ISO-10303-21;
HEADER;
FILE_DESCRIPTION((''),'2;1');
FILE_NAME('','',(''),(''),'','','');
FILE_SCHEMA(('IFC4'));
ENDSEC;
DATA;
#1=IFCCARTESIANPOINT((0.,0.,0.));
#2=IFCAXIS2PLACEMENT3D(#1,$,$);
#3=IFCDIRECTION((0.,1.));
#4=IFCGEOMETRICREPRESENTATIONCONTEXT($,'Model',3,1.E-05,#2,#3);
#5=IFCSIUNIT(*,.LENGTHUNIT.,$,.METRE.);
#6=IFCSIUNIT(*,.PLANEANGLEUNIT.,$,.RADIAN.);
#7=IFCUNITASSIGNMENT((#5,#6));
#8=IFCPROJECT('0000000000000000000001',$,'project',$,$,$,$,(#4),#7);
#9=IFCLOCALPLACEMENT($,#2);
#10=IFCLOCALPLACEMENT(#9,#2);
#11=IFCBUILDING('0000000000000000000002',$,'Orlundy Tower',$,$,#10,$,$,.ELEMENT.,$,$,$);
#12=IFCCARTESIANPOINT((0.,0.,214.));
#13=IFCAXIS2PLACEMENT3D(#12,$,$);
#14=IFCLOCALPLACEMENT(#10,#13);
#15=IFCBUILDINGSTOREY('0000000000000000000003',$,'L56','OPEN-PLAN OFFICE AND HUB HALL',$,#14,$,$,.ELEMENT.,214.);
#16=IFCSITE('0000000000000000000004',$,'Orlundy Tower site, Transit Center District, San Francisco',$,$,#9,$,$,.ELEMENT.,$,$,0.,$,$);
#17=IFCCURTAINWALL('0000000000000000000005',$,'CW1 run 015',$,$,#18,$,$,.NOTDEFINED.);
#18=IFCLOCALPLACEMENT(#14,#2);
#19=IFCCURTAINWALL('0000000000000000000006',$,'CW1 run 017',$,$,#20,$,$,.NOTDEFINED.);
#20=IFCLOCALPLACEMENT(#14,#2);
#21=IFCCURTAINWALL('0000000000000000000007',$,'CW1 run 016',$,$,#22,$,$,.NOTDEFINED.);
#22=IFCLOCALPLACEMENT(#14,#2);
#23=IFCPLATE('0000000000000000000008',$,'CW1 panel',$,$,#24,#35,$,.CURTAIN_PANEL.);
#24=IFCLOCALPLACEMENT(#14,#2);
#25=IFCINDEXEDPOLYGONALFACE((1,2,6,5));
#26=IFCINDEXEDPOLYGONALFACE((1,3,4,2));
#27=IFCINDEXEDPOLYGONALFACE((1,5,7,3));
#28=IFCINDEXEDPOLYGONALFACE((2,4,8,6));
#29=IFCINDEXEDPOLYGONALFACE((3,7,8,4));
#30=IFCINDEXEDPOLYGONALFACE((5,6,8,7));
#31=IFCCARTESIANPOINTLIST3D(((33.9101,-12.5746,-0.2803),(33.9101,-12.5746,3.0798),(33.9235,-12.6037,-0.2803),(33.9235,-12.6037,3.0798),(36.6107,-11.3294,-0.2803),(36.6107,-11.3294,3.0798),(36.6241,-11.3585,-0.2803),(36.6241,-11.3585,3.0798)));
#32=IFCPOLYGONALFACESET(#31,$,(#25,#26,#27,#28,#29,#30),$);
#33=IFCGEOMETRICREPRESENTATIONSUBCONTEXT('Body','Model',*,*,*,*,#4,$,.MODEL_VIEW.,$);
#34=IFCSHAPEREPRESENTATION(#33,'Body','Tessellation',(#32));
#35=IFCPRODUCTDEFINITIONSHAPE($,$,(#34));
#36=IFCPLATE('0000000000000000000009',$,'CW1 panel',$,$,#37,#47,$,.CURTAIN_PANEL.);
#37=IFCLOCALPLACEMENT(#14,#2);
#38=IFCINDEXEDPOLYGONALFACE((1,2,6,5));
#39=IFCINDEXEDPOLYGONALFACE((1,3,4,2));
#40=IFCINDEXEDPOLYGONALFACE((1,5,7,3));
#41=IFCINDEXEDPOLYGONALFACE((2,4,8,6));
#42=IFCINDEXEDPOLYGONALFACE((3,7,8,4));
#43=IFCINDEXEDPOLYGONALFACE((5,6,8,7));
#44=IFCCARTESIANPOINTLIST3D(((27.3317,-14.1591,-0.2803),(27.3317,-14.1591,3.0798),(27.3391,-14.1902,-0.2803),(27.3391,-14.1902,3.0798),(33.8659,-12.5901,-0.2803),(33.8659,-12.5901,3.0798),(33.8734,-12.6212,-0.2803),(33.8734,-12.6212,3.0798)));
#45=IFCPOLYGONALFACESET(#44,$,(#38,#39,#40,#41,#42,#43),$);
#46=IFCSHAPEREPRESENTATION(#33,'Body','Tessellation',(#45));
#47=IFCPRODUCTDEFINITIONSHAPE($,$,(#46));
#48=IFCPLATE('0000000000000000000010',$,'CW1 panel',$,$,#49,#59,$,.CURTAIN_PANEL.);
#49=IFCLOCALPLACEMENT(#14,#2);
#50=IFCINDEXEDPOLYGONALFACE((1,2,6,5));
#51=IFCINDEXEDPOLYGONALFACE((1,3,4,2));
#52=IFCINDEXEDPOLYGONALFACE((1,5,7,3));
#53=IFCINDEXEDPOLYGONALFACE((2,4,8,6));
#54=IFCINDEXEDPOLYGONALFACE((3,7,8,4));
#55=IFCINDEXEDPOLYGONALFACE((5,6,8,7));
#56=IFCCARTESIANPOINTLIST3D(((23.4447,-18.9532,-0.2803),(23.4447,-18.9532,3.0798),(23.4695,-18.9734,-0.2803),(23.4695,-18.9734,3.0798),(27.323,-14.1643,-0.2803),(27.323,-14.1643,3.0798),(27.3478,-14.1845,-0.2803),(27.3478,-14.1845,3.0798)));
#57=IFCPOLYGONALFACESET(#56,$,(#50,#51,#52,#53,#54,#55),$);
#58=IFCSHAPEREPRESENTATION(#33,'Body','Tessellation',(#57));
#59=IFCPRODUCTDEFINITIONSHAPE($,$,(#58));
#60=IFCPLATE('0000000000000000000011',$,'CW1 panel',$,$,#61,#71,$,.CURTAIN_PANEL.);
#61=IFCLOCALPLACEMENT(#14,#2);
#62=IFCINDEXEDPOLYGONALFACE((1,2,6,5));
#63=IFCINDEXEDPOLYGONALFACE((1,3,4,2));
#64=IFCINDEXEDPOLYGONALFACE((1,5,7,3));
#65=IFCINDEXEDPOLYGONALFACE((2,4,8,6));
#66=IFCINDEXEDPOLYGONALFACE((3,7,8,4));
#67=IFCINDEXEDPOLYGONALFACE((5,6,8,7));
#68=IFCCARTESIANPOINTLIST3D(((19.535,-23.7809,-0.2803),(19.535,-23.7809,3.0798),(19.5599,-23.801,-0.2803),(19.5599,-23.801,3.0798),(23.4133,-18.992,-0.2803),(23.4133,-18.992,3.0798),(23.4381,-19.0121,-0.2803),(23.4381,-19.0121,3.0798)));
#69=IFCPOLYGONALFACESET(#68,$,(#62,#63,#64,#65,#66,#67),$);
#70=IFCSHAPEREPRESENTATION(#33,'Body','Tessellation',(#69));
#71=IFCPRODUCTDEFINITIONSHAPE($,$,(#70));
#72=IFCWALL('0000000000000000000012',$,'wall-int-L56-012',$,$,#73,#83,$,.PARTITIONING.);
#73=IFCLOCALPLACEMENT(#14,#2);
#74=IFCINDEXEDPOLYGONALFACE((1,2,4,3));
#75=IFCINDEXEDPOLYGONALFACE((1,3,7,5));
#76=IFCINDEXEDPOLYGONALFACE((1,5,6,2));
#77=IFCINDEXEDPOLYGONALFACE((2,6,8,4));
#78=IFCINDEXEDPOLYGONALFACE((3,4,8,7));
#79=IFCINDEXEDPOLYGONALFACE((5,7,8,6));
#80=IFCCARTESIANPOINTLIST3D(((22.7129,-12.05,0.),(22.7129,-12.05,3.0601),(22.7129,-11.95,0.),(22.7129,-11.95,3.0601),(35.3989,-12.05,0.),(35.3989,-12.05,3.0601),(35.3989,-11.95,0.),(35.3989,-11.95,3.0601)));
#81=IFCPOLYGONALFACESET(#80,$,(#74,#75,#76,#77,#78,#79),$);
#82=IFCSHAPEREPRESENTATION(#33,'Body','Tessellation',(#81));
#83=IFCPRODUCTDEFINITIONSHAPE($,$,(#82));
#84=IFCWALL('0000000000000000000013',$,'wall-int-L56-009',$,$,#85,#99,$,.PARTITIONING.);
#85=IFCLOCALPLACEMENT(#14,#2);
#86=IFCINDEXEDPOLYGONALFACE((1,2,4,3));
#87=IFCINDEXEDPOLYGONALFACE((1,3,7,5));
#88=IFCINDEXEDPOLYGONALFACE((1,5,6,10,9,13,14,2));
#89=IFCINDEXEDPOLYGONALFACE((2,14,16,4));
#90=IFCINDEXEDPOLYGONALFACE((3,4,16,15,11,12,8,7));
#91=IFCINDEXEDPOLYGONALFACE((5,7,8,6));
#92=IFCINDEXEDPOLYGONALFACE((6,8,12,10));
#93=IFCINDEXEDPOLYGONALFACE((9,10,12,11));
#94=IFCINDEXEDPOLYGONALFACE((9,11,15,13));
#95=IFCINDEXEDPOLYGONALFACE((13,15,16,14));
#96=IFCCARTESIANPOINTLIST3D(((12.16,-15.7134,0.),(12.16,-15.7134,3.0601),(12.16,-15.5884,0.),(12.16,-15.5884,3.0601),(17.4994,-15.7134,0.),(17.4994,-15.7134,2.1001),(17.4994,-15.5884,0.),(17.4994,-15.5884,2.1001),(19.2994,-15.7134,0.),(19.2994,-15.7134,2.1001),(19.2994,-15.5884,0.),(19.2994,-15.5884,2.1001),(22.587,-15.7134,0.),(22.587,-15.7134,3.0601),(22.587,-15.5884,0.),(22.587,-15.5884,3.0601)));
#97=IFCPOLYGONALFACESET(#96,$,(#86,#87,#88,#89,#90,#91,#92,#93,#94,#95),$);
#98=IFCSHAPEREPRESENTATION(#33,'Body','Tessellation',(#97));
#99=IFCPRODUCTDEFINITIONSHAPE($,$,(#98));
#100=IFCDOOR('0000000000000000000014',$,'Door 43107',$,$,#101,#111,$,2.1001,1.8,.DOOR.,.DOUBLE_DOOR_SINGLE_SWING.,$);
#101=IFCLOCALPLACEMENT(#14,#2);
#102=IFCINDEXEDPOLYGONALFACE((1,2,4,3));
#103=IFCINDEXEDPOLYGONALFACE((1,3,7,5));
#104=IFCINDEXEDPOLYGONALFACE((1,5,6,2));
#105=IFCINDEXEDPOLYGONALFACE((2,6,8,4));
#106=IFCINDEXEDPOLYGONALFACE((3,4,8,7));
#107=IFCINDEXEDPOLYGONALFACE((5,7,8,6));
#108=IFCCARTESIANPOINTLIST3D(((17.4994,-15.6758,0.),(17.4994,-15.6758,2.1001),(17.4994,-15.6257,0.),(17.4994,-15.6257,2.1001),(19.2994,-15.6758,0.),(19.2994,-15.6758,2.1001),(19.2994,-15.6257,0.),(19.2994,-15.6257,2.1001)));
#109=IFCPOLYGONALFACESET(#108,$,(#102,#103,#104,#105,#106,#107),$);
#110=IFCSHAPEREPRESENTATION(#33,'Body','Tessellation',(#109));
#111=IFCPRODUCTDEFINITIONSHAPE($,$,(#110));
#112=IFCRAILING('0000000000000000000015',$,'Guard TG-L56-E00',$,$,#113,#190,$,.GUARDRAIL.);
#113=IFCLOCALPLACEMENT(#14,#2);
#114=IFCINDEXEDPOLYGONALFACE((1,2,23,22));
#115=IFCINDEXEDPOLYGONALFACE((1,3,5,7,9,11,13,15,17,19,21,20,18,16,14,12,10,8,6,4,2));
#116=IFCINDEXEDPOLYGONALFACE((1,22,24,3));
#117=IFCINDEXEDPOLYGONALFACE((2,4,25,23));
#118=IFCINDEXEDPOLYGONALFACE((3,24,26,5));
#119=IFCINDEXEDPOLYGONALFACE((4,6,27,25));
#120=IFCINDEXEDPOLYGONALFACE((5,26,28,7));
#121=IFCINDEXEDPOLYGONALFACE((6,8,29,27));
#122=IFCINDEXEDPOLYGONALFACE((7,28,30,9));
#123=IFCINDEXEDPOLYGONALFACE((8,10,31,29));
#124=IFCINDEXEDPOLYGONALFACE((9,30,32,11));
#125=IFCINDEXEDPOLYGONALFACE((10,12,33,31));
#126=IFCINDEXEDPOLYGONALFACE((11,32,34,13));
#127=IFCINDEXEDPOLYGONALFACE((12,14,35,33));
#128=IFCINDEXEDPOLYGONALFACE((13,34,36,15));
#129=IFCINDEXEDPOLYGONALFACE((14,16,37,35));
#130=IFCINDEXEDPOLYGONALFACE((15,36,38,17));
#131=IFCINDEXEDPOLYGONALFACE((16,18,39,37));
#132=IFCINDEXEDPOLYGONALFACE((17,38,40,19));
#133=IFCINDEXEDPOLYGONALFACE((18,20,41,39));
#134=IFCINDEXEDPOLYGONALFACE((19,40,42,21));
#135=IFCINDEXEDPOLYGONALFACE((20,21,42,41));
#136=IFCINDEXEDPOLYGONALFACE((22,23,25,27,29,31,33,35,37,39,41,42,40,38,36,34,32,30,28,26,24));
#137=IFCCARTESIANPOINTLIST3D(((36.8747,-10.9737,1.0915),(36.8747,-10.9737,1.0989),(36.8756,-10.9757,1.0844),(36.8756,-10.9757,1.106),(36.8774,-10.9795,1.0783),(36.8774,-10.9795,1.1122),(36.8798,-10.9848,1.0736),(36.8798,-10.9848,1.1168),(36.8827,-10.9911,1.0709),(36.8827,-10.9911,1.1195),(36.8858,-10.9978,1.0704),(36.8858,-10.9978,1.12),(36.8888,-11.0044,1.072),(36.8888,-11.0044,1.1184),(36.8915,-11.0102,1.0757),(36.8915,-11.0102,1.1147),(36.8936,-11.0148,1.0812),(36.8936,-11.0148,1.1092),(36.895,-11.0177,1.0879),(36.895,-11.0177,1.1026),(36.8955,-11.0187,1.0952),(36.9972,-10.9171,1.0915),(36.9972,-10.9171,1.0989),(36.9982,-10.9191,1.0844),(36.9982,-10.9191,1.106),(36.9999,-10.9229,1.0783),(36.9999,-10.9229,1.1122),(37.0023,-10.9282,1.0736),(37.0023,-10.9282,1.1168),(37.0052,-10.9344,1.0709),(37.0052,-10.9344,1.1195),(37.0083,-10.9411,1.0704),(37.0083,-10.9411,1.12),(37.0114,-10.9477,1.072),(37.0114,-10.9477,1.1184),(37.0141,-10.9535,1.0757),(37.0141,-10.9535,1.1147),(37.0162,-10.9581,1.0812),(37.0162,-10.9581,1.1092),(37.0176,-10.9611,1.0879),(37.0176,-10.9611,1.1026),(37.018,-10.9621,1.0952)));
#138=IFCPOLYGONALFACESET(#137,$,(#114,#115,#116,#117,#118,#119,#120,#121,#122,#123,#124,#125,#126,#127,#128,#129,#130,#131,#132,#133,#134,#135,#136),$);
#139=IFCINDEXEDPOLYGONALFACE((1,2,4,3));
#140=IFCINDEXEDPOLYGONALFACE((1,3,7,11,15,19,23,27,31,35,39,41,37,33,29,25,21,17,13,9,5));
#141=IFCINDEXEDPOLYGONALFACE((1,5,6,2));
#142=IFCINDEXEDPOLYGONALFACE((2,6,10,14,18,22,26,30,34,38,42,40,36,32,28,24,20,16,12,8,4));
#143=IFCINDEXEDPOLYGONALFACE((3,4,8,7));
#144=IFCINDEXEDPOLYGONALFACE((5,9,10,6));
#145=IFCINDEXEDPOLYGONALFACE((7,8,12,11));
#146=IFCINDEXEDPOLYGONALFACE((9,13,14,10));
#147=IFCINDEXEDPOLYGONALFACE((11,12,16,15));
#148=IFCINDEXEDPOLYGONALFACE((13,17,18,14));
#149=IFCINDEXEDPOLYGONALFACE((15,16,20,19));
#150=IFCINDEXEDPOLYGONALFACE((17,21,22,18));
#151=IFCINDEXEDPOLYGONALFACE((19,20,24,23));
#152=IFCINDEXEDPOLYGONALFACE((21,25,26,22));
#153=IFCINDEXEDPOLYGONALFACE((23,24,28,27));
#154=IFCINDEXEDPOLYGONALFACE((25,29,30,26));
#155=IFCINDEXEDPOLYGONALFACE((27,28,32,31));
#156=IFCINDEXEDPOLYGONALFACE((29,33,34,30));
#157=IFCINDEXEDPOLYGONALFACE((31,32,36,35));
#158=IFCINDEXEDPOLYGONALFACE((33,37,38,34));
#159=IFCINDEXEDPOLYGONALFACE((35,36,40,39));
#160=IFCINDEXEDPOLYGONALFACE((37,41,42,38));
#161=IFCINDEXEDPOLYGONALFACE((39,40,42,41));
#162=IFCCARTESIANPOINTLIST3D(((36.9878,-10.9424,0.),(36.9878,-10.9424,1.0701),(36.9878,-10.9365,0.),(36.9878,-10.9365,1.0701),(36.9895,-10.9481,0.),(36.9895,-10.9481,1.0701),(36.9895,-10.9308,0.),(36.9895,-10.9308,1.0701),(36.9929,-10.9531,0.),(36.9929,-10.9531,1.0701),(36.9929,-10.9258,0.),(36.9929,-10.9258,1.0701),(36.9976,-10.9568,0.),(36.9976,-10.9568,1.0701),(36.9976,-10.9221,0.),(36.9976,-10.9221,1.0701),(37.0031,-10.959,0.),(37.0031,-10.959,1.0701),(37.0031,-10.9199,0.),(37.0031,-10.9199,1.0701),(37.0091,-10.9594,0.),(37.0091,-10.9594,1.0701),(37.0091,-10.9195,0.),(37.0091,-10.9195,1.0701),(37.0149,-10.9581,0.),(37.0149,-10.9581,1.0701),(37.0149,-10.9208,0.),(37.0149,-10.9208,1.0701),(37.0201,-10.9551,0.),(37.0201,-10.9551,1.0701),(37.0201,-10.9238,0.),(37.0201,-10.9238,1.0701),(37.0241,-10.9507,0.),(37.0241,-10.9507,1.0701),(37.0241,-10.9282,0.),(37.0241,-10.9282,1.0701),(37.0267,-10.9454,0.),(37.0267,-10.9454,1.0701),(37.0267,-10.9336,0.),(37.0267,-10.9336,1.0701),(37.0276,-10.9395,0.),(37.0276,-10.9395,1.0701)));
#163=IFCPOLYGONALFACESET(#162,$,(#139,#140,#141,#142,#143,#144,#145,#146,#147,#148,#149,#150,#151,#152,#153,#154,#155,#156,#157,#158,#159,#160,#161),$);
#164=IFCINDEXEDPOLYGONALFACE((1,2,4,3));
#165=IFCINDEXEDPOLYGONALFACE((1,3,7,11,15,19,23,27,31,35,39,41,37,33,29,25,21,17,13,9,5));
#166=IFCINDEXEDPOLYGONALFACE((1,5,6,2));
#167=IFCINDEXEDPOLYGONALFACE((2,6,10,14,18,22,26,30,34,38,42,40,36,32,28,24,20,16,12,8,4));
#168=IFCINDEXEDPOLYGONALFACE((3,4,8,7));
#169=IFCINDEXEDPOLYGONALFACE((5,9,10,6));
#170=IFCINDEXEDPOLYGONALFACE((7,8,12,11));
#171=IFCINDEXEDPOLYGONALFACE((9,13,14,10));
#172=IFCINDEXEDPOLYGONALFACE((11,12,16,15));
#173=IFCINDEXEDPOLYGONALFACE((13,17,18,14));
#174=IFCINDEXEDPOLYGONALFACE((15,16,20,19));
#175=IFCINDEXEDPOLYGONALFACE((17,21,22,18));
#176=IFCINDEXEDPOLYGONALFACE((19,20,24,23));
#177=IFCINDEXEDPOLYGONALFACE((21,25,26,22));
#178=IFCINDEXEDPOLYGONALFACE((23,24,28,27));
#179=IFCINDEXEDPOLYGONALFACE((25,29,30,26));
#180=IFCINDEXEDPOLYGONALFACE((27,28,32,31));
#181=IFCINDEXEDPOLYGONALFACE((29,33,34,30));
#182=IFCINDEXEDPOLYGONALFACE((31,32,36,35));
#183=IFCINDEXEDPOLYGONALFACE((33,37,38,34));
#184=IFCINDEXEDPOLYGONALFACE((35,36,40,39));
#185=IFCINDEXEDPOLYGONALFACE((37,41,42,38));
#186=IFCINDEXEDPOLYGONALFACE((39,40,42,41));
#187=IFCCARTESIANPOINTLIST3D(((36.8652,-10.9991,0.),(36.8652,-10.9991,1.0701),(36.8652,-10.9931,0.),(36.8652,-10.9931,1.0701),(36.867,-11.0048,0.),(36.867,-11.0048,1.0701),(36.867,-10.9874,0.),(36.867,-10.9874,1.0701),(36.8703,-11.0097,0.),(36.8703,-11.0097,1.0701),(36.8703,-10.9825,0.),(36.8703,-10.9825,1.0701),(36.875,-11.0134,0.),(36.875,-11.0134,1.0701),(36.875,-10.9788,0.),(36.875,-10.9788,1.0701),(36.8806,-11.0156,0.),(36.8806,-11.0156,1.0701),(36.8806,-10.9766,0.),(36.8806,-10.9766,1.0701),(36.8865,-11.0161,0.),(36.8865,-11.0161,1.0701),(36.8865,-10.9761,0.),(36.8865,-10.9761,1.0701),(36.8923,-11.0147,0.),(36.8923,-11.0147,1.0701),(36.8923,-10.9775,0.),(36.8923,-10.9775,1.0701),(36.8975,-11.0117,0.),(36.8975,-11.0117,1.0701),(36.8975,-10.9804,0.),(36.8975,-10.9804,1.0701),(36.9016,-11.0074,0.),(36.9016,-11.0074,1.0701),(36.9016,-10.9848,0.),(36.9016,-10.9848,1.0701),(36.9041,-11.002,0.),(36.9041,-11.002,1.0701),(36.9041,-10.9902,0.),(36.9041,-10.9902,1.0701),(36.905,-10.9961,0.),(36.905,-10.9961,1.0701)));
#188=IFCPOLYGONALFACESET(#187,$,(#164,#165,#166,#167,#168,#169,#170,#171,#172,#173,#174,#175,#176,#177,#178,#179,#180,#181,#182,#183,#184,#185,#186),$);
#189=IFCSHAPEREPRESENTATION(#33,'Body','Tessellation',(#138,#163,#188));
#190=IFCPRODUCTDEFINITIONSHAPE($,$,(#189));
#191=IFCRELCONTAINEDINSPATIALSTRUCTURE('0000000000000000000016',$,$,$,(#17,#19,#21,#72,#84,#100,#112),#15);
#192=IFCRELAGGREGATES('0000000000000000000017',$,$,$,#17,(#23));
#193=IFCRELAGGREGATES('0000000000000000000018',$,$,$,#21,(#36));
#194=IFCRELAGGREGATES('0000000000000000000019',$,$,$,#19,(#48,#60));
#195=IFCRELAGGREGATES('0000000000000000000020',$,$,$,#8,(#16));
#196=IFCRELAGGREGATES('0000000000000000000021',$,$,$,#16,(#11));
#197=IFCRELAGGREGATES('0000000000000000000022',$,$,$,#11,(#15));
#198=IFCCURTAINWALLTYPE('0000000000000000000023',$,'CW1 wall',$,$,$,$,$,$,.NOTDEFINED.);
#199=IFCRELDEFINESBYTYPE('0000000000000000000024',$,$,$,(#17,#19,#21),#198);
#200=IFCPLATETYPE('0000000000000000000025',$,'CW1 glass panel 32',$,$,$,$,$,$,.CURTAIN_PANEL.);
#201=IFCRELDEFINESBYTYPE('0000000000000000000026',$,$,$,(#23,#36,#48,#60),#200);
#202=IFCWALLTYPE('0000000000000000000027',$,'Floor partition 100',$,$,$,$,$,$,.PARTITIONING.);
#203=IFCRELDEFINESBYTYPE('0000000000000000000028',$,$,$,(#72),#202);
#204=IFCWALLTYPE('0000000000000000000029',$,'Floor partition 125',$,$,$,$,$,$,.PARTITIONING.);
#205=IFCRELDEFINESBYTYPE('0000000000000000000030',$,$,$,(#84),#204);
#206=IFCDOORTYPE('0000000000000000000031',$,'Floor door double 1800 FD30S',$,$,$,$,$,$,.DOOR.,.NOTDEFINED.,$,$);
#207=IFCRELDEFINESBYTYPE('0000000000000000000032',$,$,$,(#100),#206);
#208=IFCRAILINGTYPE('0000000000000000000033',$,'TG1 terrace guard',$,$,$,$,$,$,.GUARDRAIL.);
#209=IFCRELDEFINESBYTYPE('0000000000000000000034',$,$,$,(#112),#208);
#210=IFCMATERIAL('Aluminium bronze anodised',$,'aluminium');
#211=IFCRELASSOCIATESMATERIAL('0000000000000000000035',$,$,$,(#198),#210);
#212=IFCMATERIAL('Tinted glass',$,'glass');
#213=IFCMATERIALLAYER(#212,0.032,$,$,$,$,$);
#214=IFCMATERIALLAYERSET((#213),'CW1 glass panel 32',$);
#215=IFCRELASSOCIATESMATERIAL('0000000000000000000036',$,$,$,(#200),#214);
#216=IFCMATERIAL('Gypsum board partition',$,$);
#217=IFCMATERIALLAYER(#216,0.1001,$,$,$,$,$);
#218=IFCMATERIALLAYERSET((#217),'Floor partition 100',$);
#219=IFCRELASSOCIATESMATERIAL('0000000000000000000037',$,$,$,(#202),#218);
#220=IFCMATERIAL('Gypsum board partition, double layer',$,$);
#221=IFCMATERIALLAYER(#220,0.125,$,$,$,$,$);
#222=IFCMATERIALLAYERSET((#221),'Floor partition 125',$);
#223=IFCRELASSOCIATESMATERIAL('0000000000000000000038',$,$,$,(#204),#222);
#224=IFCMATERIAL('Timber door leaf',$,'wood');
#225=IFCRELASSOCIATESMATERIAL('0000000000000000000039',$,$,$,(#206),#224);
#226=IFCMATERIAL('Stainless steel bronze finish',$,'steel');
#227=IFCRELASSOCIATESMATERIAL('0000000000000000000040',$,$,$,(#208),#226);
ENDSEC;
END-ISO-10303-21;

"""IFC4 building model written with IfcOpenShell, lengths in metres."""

from ifc_helpers import new_model, si_unit, direction, frame, frame_2d, origin, origin_2d, place, context, subcontext, project, spatial, rectangle, circle, extrude, material, layer, layer_set, type_object, element, fill, aggregate, save


model = new_model("IFC4")

# Units and contexts
model_context = context("Model", 3, precision=1e-05, world=origin(), true_north=direction((0.0, 1.0)))
body_context = subcontext(model_context, "Body", "Model", "MODEL_VIEW")
ifc_project = project(units=[si_unit("LENGTHUNIT", "METRE"), si_unit("PLANEANGLEUNIT", "RADIAN")], contexts=[model_context])

# Site, building, storey
site_placement = place(None, origin())
site = spatial("IfcSite", under=ifc_project, at=site_placement, Name="Orlundy Tower site, Transit Center District, San Francisco", CompositionType="ELEMENT", RefElevation=0.0)
building_placement = place(site_placement, origin())
building = spatial("IfcBuilding", under=site, at=building_placement, Name="Orlundy Tower", CompositionType="ELEMENT")
storey_placement = place(building_placement, frame((0.0, 0.0, 214.0)))
storey = spatial("IfcBuildingStorey", under=building, at=storey_placement, Name="L56", Description="OPEN-PLAN OFFICE AND HUB HALL", CompositionType="ELEMENT", Elevation=214.0)

# Curtain walls
ifc_material_1 = material(Name="Aluminium bronze anodised", Category="aluminium")
curtain_wall_type = type_object("IfcCurtainWallType", Name="CW1 wall", PredefinedType="NOTDEFINED", material=ifc_material_1)
curtain_wall_1_placement = place(storey_placement, origin())
curtain_wall_1 = element("IfcCurtainWall", 1, at=curtain_wall_1_placement, inside=storey, type_object=curtain_wall_type, Name="CW1 run 015", PredefinedType="NOTDEFINED")
curtain_wall_2_placement = place(storey_placement, origin())
curtain_wall_2 = element("IfcCurtainWall", 2, at=curtain_wall_2_placement, inside=storey, type_object=curtain_wall_type, Name="CW1 run 017", PredefinedType="NOTDEFINED")
curtain_wall_3_placement = place(storey_placement, origin())
curtain_wall_3 = element("IfcCurtainWall", 3, at=curtain_wall_3_placement, inside=storey, type_object=curtain_wall_type, Name="CW1 run 016", PredefinedType="NOTDEFINED")

# Plates
ifc_material_2 = material(Name="Tinted glass", Category="glass")
ifc_layer_1 = layer(ifc_material_2, 0.032)
ifc_layer_set_1 = layer_set([ifc_layer_1], Name="CW1 glass panel 32")
plate_type = type_object("IfcPlateType", Name="CW1 glass panel 32", PredefinedType="CURTAIN_PANEL", material=ifc_layer_set_1)
plate_1_placement = place(storey_placement, frame((35.2671, -11.9666, -0.2803), z_axis=(0.0, 0.0, 1.0), x_axis=(-0.908117, -0.418716, 0.0)))
plate_1 = element("IfcPlate", 4, at=plate_1_placement, type_object=plate_type, Name="CW1 panel", PredefinedType="CURTAIN_PANEL", context=body_context, shape_type="SweptSolid", body=[
    extrude(rectangle(XDim=2.9739, YDim=0.032, at=origin_2d()), origin(), (0.0, 0.0, 1.0), 3.3601),
])
aggregate(curtain_wall_1, [plate_1])
plate_2_placement = place(storey_placement, frame((30.6025, -13.3901, -0.2803), z_axis=(0.0, 0.0, 1.0), x_axis=(-0.972363, -0.233473, 0.0)))
plate_2 = element("IfcPlate", 5, at=plate_2_placement, type_object=plate_type, Name="CW1 panel", PredefinedType="CURTAIN_PANEL", context=body_context, shape_type="SweptSolid", body=[
    extrude(rectangle(XDim=6.72, YDim=0.032, at=origin_2d()), origin(), (0.0, 0.0, 1.0), 3.3601),
])
aggregate(curtain_wall_3, [plate_2])
plate_3_placement = place(storey_placement, frame((25.3962, -16.5688, -0.2803), z_axis=(0.0, 0.0, 1.0), x_axis=(-0.629353, -0.77712, 0.0)))
plate_3 = element("IfcPlate", 6, at=plate_3_placement, type_object=plate_type, Name="CW1 panel", PredefinedType="CURTAIN_PANEL", context=body_context, shape_type="SweptSolid", body=[
    extrude(rectangle(XDim=6.1624, YDim=0.032, at=origin_2d()), origin(), (0.0, 0.0, 1.0), 3.3601),
])
plate_4_placement = place(storey_placement, frame((21.4866, -21.3965, -0.2803), z_axis=(0.0, 0.0, 1.0), x_axis=(-0.629353, -0.77712, 0.0)))
plate_4 = element("IfcPlate", 7, at=plate_4_placement, type_object=plate_type, Name="CW1 panel", PredefinedType="CURTAIN_PANEL", context=body_context, shape_type="SweptSolid", body=[
    extrude(rectangle(XDim=6.1624, YDim=0.032, at=origin_2d()), origin(), (0.0, 0.0, 1.0), 3.3601),
])
aggregate(curtain_wall_2, [plate_3, plate_4])

# Wall
ifc_material_3 = material(Name="Gypsum board partition")
ifc_layer_2 = layer(ifc_material_3, 0.1001)
ifc_layer_set_2 = layer_set([ifc_layer_2], Name="Floor partition 100")
wall_type_1 = type_object("IfcWallType", Name="Floor partition 100", PredefinedType="PARTITIONING", material=ifc_layer_set_2)
wall_1_placement = place(storey_placement, frame((22.7129, -12.0, 0.0), z_axis=(0.0, 0.0, 1.0), x_axis=(1.0, 0.0, 0.0)))
element("IfcWall", 8, at=wall_1_placement, inside=storey, type_object=wall_type_1, Name="wall-int-L56-012", PredefinedType="PARTITIONING", context=body_context, shape_type="SweptSolid", body=[
    extrude(rectangle(XDim=12.686, YDim=0.1001, at=frame_2d((6.343, 0.0))), origin(), (0.0, 0.0, 1.0), 3.0601),
])

# Wall, opening, door
ifc_material_4 = material(Name="Gypsum board partition, double layer")
ifc_layer_3 = layer(ifc_material_4, 0.125)
ifc_layer_set_3 = layer_set([ifc_layer_3], Name="Floor partition 125")
wall_type_2 = type_object("IfcWallType", Name="Floor partition 125", PredefinedType="PARTITIONING", material=ifc_layer_set_3)
wall_2_placement = place(storey_placement, frame((22.5869, -15.6509, 0.0), z_axis=(0.0, 0.0, 1.0), x_axis=(-1.0, 0.0, 0.0)))
wall_2 = element("IfcWall", 9, at=wall_2_placement, inside=storey, type_object=wall_type_2, Name="wall-int-L56-009", PredefinedType="PARTITIONING", context=body_context, shape_type="SweptSolid", body=[
    extrude(rectangle(XDim=10.427, YDim=0.125, at=frame_2d((5.2134, 0.0))), origin(), (0.0, 0.0, 1.0), 3.0601),
])
opening_placement = place(wall_2_placement, frame((3.2876, 0.0, 0.0)))
opening = element("IfcOpeningElement", 10, at=opening_placement, cuts=wall_2, PredefinedType="OPENING", context=body_context, shape_type="SweptSolid", body=[
    extrude(rectangle(XDim=1.8, YDim=2.1001, at=frame_2d((0.8999, 1.05))), frame((0.0, 0.0725, 0.0), z_axis=(0.0, -1.0, 0.0), x_axis=(1.0, 0.0, 0.0)), (0.0, 0.0, 1.0), 0.145),
])
ifc_material_5 = material(Name="Timber door leaf", Category="wood")
door_type = type_object("IfcDoorType", Name="Floor door double 1800 FD30S", OperationType="NOTDEFINED", PredefinedType="DOOR", material=ifc_material_5)
door_placement = place(opening_placement, origin())
door = element("IfcDoor", 11, at=door_placement, inside=storey, type_object=door_type, Name="Door 43107", OperationType="DOUBLE_DOOR_SINGLE_SWING", OverallHeight=2.1001, OverallWidth=1.8, PredefinedType="DOOR", context=body_context, shape_type="SweptSolid", body=[
    extrude(rectangle(XDim=1.8, YDim=2.1001, at=frame_2d((0.8999, 1.05))), frame((0.0, 0.0249, 0.0), z_axis=(0.0, -1.0, 0.0), x_axis=(1.0, 0.0, 0.0)), (0.0, 0.0, 1.0), 0.05),
])
fill(opening, door)

# Railing
ifc_material_6 = material(Name="Stainless steel bronze finish", Category="steel")
railing_type = type_object("IfcRailingType", Name="TG1 terrace guard", PredefinedType="GUARDRAIL", material=ifc_material_6)
railing_placement = place(storey_placement, frame((37.0076, -10.9395, 0.0)))
element("IfcRailing", 12, at=railing_placement, inside=storey, type_object=railing_type, Name="Guard TG-L56-E00", PredefinedType="GUARDRAIL", context=body_context, shape_type="SweptSolid", body=[
    extrude(circle(Radius=0.0249, at=origin_2d()), frame((0.0, 0.0, 1.0952), z_axis=(-0.907748, -0.419517, 0.0), x_axis=(0.419517, -0.907748, 0.0)), (0.0, 0.0, 1.0), 0.135),
    extrude(circle(Radius=0.02, at=origin_2d()), origin(), (0.0, 0.0, 1.0), 1.0701),
    extrude(circle(Radius=0.02, at=origin_2d()), frame((-0.1226, -0.0566, 0.0)), (0.0, 0.0, 1.0), 1.0701),
])

save(model, "model.ifc")
